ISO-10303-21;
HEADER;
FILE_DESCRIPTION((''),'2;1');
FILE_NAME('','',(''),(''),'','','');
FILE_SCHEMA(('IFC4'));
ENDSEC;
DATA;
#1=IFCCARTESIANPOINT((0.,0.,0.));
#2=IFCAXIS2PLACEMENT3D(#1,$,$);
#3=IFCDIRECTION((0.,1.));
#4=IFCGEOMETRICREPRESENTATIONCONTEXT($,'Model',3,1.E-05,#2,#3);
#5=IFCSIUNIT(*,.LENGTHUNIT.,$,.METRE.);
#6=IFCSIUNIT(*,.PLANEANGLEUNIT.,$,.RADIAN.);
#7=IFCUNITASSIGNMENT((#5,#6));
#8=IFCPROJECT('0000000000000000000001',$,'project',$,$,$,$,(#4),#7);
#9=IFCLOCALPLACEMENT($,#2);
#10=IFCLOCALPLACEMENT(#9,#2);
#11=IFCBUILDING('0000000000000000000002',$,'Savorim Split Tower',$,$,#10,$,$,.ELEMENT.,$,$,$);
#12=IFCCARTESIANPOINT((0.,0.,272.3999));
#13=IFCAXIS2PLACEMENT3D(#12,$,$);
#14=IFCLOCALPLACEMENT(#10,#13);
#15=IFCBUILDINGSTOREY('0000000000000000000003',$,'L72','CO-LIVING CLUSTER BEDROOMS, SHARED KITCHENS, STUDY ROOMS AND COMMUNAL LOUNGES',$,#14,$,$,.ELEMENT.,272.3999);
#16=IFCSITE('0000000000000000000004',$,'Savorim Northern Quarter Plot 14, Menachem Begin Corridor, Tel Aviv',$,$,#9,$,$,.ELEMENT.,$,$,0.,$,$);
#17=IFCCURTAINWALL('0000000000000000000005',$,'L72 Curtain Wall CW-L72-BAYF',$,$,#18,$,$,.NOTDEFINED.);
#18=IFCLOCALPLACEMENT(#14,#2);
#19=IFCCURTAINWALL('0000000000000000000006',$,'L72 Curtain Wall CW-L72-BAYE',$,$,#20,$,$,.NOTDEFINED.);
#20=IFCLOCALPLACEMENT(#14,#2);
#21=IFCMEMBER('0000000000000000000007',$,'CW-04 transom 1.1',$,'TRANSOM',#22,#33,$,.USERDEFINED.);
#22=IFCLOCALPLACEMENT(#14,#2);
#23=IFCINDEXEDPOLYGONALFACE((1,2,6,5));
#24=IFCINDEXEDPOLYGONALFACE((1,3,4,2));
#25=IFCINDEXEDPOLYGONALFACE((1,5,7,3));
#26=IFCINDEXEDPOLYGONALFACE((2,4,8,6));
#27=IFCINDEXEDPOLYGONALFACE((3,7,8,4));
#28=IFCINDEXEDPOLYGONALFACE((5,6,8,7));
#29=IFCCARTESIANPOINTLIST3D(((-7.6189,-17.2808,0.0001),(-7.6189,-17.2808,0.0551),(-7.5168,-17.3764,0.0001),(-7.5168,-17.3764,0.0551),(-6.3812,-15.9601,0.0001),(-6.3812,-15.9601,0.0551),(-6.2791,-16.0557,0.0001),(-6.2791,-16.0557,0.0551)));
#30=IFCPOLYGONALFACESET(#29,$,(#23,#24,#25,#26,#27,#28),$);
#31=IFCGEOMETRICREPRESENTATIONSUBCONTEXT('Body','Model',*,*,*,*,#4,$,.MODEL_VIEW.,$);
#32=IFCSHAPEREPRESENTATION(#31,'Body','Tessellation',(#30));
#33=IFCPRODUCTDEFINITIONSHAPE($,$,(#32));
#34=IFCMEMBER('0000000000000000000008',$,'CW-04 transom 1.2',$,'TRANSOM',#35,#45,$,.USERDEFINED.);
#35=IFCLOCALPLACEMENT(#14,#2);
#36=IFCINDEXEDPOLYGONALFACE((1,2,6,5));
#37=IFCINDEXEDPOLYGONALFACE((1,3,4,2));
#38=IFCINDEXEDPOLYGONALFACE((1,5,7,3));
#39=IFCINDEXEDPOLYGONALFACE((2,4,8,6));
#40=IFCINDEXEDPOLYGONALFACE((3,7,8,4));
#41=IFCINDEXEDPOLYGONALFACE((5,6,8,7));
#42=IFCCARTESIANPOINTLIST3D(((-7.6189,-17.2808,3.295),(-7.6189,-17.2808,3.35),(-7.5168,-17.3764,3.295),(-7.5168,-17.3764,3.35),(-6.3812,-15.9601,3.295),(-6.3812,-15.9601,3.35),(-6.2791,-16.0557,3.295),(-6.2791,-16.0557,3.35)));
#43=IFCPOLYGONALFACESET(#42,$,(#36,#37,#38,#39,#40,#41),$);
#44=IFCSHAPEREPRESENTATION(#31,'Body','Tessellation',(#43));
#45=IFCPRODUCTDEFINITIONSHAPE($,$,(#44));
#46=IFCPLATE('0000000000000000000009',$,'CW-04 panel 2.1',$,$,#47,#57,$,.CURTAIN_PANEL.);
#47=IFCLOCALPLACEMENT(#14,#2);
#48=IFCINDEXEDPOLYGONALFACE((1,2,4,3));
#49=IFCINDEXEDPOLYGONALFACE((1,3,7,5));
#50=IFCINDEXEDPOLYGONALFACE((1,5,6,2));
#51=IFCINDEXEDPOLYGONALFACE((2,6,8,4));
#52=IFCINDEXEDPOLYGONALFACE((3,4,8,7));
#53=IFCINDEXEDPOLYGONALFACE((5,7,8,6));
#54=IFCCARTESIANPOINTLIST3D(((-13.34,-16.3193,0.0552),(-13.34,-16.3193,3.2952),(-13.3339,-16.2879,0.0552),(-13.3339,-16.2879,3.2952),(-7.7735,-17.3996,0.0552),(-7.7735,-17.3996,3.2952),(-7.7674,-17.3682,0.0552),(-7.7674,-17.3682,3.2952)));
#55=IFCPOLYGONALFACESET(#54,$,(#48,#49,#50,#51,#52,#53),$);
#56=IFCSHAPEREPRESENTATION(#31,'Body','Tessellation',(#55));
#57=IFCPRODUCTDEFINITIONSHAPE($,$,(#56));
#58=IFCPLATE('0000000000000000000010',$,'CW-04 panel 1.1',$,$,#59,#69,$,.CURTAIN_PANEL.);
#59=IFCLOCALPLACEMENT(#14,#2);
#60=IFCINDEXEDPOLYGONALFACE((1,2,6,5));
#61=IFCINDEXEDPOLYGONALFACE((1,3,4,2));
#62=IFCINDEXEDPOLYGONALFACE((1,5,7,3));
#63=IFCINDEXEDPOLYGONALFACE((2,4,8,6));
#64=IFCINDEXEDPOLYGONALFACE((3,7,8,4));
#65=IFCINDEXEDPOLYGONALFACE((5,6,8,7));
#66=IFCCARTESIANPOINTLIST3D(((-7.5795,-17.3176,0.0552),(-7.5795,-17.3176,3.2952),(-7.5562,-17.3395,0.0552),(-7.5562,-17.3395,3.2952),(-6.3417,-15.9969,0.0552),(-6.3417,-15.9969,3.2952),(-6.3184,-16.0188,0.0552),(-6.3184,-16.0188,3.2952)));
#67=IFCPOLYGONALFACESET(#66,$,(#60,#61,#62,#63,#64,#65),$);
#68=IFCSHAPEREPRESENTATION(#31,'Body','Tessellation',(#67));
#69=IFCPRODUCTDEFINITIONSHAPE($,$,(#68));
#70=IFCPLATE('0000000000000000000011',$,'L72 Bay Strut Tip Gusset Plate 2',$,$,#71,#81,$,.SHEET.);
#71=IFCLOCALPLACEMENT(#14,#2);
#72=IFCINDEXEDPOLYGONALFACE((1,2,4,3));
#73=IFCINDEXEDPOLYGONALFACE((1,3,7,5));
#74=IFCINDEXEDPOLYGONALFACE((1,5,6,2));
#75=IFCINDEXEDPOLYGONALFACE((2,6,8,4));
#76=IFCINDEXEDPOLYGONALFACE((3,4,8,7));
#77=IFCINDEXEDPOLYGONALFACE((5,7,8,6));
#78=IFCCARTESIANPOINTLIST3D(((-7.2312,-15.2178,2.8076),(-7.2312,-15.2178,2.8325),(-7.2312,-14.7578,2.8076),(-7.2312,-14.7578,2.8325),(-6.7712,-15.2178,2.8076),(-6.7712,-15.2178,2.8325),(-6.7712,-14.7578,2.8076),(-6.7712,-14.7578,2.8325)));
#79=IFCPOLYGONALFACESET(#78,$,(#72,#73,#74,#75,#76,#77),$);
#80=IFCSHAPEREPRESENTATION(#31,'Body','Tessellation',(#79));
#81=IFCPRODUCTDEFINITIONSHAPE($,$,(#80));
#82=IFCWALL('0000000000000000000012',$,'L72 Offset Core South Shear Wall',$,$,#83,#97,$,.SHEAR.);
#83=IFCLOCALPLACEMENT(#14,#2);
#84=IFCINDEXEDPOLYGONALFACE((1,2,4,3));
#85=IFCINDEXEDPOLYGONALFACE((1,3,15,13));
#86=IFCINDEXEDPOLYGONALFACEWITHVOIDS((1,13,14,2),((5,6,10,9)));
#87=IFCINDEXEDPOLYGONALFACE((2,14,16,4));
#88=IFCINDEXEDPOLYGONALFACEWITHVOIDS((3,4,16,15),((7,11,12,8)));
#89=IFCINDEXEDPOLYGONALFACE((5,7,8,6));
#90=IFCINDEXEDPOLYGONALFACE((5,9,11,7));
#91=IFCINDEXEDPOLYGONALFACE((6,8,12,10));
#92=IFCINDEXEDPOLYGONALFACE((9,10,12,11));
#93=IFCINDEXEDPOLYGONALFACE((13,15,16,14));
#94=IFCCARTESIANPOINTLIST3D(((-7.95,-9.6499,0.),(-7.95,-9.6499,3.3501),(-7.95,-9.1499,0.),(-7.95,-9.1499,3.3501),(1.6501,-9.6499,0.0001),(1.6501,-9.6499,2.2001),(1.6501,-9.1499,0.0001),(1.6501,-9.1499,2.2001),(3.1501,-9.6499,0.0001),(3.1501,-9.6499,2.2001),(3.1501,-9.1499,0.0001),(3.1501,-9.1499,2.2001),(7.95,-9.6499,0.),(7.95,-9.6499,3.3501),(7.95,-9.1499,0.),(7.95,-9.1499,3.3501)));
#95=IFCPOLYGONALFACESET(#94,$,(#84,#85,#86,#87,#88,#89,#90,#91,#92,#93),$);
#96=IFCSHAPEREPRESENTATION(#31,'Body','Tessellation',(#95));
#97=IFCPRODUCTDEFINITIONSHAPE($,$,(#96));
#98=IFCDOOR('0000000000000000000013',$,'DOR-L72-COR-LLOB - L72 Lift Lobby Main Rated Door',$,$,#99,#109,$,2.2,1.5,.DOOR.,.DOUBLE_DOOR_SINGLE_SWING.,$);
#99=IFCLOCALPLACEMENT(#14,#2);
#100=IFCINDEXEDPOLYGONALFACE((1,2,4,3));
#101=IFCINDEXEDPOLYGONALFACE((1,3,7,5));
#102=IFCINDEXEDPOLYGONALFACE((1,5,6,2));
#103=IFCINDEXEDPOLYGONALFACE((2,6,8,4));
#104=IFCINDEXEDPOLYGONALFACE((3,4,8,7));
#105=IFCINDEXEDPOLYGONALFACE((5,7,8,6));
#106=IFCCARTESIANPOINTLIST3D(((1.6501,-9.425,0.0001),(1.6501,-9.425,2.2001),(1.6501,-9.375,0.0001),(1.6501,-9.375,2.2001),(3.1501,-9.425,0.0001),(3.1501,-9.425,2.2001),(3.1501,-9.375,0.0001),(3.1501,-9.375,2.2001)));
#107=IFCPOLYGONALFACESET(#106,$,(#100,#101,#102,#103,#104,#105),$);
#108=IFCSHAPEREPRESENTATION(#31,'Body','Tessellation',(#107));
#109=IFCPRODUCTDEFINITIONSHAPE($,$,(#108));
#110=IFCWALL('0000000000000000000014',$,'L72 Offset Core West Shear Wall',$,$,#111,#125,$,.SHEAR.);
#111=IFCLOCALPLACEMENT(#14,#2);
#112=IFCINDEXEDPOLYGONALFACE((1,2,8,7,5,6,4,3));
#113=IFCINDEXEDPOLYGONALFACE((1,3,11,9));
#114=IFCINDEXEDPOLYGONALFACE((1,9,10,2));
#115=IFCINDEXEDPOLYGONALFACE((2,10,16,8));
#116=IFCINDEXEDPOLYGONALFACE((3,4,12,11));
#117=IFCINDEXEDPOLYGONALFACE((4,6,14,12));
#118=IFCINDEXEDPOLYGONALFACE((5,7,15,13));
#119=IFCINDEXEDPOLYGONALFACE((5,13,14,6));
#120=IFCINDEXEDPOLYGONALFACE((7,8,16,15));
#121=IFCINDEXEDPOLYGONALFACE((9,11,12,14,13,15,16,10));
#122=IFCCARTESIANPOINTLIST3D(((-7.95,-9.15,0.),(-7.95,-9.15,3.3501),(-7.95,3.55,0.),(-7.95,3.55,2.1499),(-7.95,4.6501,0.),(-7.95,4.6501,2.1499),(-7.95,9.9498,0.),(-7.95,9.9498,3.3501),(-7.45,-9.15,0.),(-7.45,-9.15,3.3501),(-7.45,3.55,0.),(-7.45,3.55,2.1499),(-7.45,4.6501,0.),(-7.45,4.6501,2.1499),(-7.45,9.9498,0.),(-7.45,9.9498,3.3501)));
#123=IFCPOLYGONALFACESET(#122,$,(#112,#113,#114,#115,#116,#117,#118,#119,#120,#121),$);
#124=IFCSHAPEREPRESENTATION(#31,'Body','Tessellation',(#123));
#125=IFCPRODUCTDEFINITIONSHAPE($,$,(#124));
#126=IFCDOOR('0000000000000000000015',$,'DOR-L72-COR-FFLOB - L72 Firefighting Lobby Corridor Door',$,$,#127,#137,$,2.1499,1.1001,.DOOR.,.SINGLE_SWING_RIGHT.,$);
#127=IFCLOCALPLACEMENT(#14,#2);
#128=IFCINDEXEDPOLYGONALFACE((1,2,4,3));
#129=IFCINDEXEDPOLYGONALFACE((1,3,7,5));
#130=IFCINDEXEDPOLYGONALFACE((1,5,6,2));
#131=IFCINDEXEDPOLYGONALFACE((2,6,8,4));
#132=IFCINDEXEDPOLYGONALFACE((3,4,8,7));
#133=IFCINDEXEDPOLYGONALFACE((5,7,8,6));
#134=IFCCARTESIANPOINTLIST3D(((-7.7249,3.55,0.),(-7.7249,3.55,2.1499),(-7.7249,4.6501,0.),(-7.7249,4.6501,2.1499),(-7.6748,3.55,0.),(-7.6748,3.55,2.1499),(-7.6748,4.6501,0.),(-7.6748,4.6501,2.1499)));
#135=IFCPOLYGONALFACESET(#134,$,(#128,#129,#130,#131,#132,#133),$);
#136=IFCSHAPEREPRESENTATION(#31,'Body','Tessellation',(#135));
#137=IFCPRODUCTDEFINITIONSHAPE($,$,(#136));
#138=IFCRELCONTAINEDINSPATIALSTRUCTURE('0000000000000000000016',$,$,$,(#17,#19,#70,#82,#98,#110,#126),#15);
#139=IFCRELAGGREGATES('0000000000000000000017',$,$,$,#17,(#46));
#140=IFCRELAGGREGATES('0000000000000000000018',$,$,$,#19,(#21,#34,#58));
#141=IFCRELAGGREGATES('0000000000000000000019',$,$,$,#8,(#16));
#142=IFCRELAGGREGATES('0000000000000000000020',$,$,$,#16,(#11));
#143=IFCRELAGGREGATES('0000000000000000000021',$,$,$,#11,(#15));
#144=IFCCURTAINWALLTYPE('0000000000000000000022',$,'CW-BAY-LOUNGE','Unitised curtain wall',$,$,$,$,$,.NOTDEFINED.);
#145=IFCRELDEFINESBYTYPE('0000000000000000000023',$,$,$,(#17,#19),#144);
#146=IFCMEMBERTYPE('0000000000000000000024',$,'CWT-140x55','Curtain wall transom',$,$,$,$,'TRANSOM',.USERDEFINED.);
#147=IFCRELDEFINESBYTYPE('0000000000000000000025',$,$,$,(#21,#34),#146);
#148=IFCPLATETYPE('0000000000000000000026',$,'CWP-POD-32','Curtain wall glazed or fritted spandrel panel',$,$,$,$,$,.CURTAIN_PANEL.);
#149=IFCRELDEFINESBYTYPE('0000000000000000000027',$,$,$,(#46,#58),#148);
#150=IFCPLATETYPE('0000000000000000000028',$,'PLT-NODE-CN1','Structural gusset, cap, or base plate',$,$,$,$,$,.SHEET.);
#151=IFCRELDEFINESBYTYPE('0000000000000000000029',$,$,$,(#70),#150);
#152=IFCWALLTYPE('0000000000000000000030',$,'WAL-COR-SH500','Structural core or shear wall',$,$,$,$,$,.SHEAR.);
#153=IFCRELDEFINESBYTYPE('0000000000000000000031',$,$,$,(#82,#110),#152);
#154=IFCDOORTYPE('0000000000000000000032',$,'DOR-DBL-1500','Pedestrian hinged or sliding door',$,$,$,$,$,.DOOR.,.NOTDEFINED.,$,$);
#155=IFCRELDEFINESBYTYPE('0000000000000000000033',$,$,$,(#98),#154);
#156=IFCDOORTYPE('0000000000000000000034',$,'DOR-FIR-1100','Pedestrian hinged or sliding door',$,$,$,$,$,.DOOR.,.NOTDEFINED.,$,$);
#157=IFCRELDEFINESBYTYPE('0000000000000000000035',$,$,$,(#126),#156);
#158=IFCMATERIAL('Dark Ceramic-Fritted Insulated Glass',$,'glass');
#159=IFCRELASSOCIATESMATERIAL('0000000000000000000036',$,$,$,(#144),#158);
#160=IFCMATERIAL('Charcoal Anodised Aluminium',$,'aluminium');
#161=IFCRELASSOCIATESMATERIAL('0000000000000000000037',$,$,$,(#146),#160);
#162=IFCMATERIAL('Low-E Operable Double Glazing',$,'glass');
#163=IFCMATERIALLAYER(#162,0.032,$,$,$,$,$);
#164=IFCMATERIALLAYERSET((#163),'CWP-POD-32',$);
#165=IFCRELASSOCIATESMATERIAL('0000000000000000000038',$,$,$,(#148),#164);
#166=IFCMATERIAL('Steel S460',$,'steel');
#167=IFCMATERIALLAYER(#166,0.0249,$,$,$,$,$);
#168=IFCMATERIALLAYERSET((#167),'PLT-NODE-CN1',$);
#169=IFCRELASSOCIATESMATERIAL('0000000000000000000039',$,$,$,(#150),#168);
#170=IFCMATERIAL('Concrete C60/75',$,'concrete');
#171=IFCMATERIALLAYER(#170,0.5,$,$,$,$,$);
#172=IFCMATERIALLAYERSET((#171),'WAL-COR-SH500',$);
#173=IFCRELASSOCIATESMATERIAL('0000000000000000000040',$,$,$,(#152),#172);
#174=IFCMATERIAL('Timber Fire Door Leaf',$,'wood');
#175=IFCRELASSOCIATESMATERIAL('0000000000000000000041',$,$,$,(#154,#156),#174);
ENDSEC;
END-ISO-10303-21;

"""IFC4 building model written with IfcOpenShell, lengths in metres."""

from ifc_helpers import new_model, si_unit, direction, frame, frame_2d, origin, origin_2d, place, context, subcontext, project, spatial, rectangle, extrude, material, layer, layer_set, material_profile, profile_set, type_object, element, fill, aggregate, save


model = new_model("IFC4")

# Units and contexts
model_context = context("Model", 3, precision=1e-05, world=origin(), true_north=direction((0.0, 1.0)))
body_context = subcontext(model_context, "Body", "Model", "MODEL_VIEW")
ifc_project = project(units=[si_unit("LENGTHUNIT", "METRE"), si_unit("PLANEANGLEUNIT", "RADIAN")], contexts=[model_context])

# Site, building, storey
site_placement = place(None, origin())
site = spatial("IfcSite", under=ifc_project, at=site_placement, Name="Savorim Northern Quarter Plot 14, Menachem Begin Corridor, Tel Aviv", CompositionType="ELEMENT", RefElevation=0.0)
building_placement = place(site_placement, origin())
building = spatial("IfcBuilding", under=site, at=building_placement, Name="Savorim Split Tower", CompositionType="ELEMENT")
storey_placement = place(building_placement, frame((0.0, 0.0, 272.3999)))
storey = spatial("IfcBuildingStorey", under=building, at=storey_placement, Name="L72", Description="CO-LIVING CLUSTER BEDROOMS, SHARED KITCHENS, STUDY ROOMS AND COMMUNAL LOUNGES", CompositionType="ELEMENT", Elevation=272.3999)

# Curtain wall
ifc_material_1 = material(Name="Dark Ceramic-Fritted Insulated Glass", Category="glass")
curtain_wall_type = type_object("IfcCurtainWallType", Name="CW-BAY-LOUNGE", Description="Unitised curtain wall", PredefinedType="NOTDEFINED", material=ifc_material_1)
curtain_wall_1_placement = place(storey_placement, origin())
curtain_wall_1 = element("IfcCurtainWall", 1, at=curtain_wall_1_placement, inside=storey, type_object=curtain_wall_type, Name="L72 Curtain Wall CW-L72-BAYF", PredefinedType="NOTDEFINED")
ifc_material_2 = material(Name="Charcoal Anodised Aluminium", Category="aluminium")

# Curtain wall, members
curtain_wall_2_placement = place(storey_placement, origin())
curtain_wall_2 = element("IfcCurtainWall", 2, at=curtain_wall_2_placement, inside=storey, type_object=curtain_wall_type, Name="L72 Curtain Wall CW-L72-BAYE", PredefinedType="NOTDEFINED")
ifc_material_profile_1 = material_profile(ifc_material_2, rectangle(XDim=0.1399, YDim=0.0549, at=origin_2d()), Name="ALU-T 140x55")
ifc_profile_set_1 = profile_set([ifc_material_profile_1], Name="Charcoal Anodised Aluminium")
member_type_1 = type_object("IfcMemberType", Name="CWT-140x55", Description="Curtain wall transom", ElementType="TRANSOM", PredefinedType="USERDEFINED", material=ifc_profile_set_1)
member_1_placement = place(storey_placement, frame((-7.5679, -17.3286, 0.0276), z_axis=(0.683807, 0.729663, 0.0), x_axis=(-0.729663, 0.683807, 0.0)))
member_1 = element("IfcMember", 3, at=member_1_placement, type_object=member_type_1, Name="CW-04 transom 1.1", ObjectType="TRANSOM", PredefinedType="USERDEFINED", context=body_context, shape_type="SweptSolid", body=[
    extrude(rectangle(XDim=0.1399, YDim=0.0549, at=origin_2d()), origin(), (0.0, 0.0, 1.0), 1.8101),
])
member_2_placement = place(storey_placement, frame((-7.5679, -17.3286, 3.3225), z_axis=(0.683807, 0.729663, 0.0), x_axis=(-0.729663, 0.683807, 0.0)))
member_2 = element("IfcMember", 4, at=member_2_placement, type_object=member_type_1, Name="CW-04 transom 1.2", ObjectType="TRANSOM", PredefinedType="USERDEFINED", context=body_context, shape_type="SweptSolid", body=[
    extrude(rectangle(XDim=0.1399, YDim=0.0549, at=origin_2d()), origin(), (0.0, 0.0, 1.0), 1.8101),
])

# Plates
ifc_material_3 = material(Name="Low-E Operable Double Glazing", Category="glass")
ifc_layer_1 = layer(ifc_material_3, 0.032)
ifc_layer_set_1 = layer_set([ifc_layer_1], Name="CWP-POD-32")
plate_type_1 = type_object("IfcPlateType", Name="CWP-POD-32", Description="Curtain wall glazed or fritted spandrel panel", PredefinedType="CURTAIN_PANEL", material=ifc_layer_set_1)
plate_1_placement = place(storey_placement, frame((-10.5537, -16.8438, 0.0552), z_axis=(0.0, 0.0, 1.0), x_axis=(0.981683, -0.19052, 0.0)))
plate_1 = element("IfcPlate", 5, at=plate_1_placement, type_object=plate_type_1, Name="CW-04 panel 2.1", PredefinedType="CURTAIN_PANEL", context=body_context, shape_type="SweptSolid", body=[
    extrude(rectangle(XDim=5.6704, YDim=0.032, at=origin_2d()), origin(), (0.0, 0.0, 1.0), 3.24),
])
aggregate(curtain_wall_1, [plate_1])
plate_2_placement = place(storey_placement, frame((-6.949, -16.6682, 0.0552), z_axis=(0.0, 0.0, 1.0), x_axis=(0.68385, 0.729622, 0.0)))
plate_2 = element("IfcPlate", 6, at=plate_2_placement, type_object=plate_type_1, Name="CW-04 panel 1.1", PredefinedType="CURTAIN_PANEL", context=body_context, shape_type="SweptSolid", body=[
    extrude(rectangle(XDim=1.8101, YDim=0.032, at=origin_2d()), origin(), (0.0, 0.0, 1.0), 3.24),
])
aggregate(curtain_wall_2, [member_1, member_2, plate_2])
ifc_material_4 = material(Name="Steel S460", Category="steel")
ifc_layer_2 = layer(ifc_material_4, 0.0249)
ifc_layer_set_2 = layer_set([ifc_layer_2], Name="PLT-NODE-CN1")
plate_type_2 = type_object("IfcPlateType", Name="PLT-NODE-CN1", Description="Structural gusset, cap, or base plate", PredefinedType="SHEET", material=ifc_layer_set_2)
plate_3_placement = place(storey_placement, frame((-7.0012, -14.9878, 2.8076), z_axis=(0.0, 0.0, 1.0), x_axis=(1.0, 0.0, 0.0)))
element("IfcPlate", 7, at=plate_3_placement, inside=storey, type_object=plate_type_2, Name="L72 Bay Strut Tip Gusset Plate 2", PredefinedType="SHEET", context=body_context, shape_type="SweptSolid", body=[
    extrude(rectangle(XDim=0.46, YDim=0.46, at=origin_2d()), origin(), (0.0, 0.0, 1.0), 0.0249),
])

# Walls, openings, doors
ifc_material_5 = material(Name="Concrete C60/75", Category="concrete")
ifc_layer_3 = layer(ifc_material_5, 0.5)
ifc_layer_set_3 = layer_set([ifc_layer_3], Name="WAL-COR-SH500")
wall_type_1 = type_object("IfcWallType", Name="WAL-COR-SH500", Description="Structural core or shear wall", PredefinedType="SHEAR", material=ifc_layer_set_3)
wall_1_placement = place(storey_placement, frame((-7.95, -9.3999, 0.0), z_axis=(0.0, 0.0, 1.0), x_axis=(1.0, 0.0, 0.0)))
wall_1 = element("IfcWall", 8, at=wall_1_placement, inside=storey, type_object=wall_type_1, Name="L72 Offset Core South Shear Wall", PredefinedType="SHEAR", context=body_context, shape_type="SweptSolid", body=[
    extrude(rectangle(XDim=15.8999, YDim=0.5, at=frame_2d((7.95, 0.0))), origin(), (0.0, 0.0, 1.0), 3.3501),
])
opening_1_placement = place(wall_1_placement, frame((9.6001, 0.0, 0.0)))
opening_1 = element("IfcOpeningElement", 9, at=opening_1_placement, cuts=wall_1, PredefinedType="OPENING", context=body_context, shape_type="SweptSolid", body=[
    extrude(rectangle(XDim=1.5, YDim=2.2, at=frame_2d((0.75, 1.1001))), frame((0.0, 0.26, 0.0), z_axis=(0.0, -1.0, 0.0), x_axis=(1.0, 0.0, 0.0)), (0.0, 0.0, 1.0), 0.52),
])
ifc_material_6 = material(Name="Timber Fire Door Leaf", Category="wood")
door_type_1 = type_object("IfcDoorType", Name="DOR-DBL-1500", Description="Pedestrian hinged or sliding door", OperationType="NOTDEFINED", PredefinedType="DOOR", material=ifc_material_6)
door_1_placement = place(opening_1_placement, origin())
door_1 = element("IfcDoor", 10, at=door_1_placement, inside=storey, type_object=door_type_1, Name="DOR-L72-COR-LLOB - L72 Lift Lobby Main Rated Door", OperationType="DOUBLE_DOOR_SINGLE_SWING", OverallHeight=2.2, OverallWidth=1.5, PredefinedType="DOOR", context=body_context, shape_type="SweptSolid", body=[
    extrude(rectangle(XDim=1.5, YDim=2.2, at=frame_2d((0.75, 1.1001))), frame((0.0, 0.0249, 0.0), z_axis=(0.0, -1.0, 0.0), x_axis=(1.0, 0.0, 0.0)), (0.0, 0.0, 1.0), 0.05),
])
fill(opening_1, door_1)
wall_2_placement = place(storey_placement, frame((-7.7, -9.1499, 0.0), z_axis=(0.0, 0.0, 1.0), x_axis=(0.0, 1.0, 0.0)))
wall_2 = element("IfcWall", 11, at=wall_2_placement, inside=storey, type_object=wall_type_1, Name="L72 Offset Core West Shear Wall", PredefinedType="SHEAR", context=body_context, shape_type="SweptSolid", body=[
    extrude(rectangle(XDim=19.0999, YDim=0.5, at=frame_2d((9.5498, 0.0))), origin(), (0.0, 0.0, 1.0), 3.3501),
])
opening_2_placement = place(wall_2_placement, frame((12.7, 0.0, 0.0)))
opening_2 = element("IfcOpeningElement", 12, at=opening_2_placement, cuts=wall_2, PredefinedType="OPENING", context=body_context, shape_type="SweptSolid", body=[
    extrude(rectangle(XDim=1.1001, YDim=2.1499, at=frame_2d((0.55, 1.075))), frame((0.0, 0.26, 0.0), z_axis=(0.0, -1.0, 0.0), x_axis=(1.0, 0.0, 0.0)), (0.0, 0.0, 1.0), 0.52),
])
door_type_2 = type_object("IfcDoorType", Name="DOR-FIR-1100", Description="Pedestrian hinged or sliding door", OperationType="NOTDEFINED", PredefinedType="DOOR", material=ifc_material_6)
door_2_placement = place(opening_2_placement, origin())
door_2 = element("IfcDoor", 13, at=door_2_placement, inside=storey, type_object=door_type_2, Name="DOR-L72-COR-FFLOB - L72 Firefighting Lobby Corridor Door", OperationType="SINGLE_SWING_RIGHT", OverallHeight=2.1499, OverallWidth=1.1001, PredefinedType="DOOR", context=body_context, shape_type="SweptSolid", body=[
    extrude(rectangle(XDim=1.1001, YDim=2.1499, at=frame_2d((0.55, 1.075))), frame((0.0, 0.0249, 0.0), z_axis=(0.0, -1.0, 0.0), x_axis=(1.0, 0.0, 0.0)), (0.0, 0.0, 1.0), 0.05),
])
fill(opening_2, door_2)

save(model, "model.ifc")
